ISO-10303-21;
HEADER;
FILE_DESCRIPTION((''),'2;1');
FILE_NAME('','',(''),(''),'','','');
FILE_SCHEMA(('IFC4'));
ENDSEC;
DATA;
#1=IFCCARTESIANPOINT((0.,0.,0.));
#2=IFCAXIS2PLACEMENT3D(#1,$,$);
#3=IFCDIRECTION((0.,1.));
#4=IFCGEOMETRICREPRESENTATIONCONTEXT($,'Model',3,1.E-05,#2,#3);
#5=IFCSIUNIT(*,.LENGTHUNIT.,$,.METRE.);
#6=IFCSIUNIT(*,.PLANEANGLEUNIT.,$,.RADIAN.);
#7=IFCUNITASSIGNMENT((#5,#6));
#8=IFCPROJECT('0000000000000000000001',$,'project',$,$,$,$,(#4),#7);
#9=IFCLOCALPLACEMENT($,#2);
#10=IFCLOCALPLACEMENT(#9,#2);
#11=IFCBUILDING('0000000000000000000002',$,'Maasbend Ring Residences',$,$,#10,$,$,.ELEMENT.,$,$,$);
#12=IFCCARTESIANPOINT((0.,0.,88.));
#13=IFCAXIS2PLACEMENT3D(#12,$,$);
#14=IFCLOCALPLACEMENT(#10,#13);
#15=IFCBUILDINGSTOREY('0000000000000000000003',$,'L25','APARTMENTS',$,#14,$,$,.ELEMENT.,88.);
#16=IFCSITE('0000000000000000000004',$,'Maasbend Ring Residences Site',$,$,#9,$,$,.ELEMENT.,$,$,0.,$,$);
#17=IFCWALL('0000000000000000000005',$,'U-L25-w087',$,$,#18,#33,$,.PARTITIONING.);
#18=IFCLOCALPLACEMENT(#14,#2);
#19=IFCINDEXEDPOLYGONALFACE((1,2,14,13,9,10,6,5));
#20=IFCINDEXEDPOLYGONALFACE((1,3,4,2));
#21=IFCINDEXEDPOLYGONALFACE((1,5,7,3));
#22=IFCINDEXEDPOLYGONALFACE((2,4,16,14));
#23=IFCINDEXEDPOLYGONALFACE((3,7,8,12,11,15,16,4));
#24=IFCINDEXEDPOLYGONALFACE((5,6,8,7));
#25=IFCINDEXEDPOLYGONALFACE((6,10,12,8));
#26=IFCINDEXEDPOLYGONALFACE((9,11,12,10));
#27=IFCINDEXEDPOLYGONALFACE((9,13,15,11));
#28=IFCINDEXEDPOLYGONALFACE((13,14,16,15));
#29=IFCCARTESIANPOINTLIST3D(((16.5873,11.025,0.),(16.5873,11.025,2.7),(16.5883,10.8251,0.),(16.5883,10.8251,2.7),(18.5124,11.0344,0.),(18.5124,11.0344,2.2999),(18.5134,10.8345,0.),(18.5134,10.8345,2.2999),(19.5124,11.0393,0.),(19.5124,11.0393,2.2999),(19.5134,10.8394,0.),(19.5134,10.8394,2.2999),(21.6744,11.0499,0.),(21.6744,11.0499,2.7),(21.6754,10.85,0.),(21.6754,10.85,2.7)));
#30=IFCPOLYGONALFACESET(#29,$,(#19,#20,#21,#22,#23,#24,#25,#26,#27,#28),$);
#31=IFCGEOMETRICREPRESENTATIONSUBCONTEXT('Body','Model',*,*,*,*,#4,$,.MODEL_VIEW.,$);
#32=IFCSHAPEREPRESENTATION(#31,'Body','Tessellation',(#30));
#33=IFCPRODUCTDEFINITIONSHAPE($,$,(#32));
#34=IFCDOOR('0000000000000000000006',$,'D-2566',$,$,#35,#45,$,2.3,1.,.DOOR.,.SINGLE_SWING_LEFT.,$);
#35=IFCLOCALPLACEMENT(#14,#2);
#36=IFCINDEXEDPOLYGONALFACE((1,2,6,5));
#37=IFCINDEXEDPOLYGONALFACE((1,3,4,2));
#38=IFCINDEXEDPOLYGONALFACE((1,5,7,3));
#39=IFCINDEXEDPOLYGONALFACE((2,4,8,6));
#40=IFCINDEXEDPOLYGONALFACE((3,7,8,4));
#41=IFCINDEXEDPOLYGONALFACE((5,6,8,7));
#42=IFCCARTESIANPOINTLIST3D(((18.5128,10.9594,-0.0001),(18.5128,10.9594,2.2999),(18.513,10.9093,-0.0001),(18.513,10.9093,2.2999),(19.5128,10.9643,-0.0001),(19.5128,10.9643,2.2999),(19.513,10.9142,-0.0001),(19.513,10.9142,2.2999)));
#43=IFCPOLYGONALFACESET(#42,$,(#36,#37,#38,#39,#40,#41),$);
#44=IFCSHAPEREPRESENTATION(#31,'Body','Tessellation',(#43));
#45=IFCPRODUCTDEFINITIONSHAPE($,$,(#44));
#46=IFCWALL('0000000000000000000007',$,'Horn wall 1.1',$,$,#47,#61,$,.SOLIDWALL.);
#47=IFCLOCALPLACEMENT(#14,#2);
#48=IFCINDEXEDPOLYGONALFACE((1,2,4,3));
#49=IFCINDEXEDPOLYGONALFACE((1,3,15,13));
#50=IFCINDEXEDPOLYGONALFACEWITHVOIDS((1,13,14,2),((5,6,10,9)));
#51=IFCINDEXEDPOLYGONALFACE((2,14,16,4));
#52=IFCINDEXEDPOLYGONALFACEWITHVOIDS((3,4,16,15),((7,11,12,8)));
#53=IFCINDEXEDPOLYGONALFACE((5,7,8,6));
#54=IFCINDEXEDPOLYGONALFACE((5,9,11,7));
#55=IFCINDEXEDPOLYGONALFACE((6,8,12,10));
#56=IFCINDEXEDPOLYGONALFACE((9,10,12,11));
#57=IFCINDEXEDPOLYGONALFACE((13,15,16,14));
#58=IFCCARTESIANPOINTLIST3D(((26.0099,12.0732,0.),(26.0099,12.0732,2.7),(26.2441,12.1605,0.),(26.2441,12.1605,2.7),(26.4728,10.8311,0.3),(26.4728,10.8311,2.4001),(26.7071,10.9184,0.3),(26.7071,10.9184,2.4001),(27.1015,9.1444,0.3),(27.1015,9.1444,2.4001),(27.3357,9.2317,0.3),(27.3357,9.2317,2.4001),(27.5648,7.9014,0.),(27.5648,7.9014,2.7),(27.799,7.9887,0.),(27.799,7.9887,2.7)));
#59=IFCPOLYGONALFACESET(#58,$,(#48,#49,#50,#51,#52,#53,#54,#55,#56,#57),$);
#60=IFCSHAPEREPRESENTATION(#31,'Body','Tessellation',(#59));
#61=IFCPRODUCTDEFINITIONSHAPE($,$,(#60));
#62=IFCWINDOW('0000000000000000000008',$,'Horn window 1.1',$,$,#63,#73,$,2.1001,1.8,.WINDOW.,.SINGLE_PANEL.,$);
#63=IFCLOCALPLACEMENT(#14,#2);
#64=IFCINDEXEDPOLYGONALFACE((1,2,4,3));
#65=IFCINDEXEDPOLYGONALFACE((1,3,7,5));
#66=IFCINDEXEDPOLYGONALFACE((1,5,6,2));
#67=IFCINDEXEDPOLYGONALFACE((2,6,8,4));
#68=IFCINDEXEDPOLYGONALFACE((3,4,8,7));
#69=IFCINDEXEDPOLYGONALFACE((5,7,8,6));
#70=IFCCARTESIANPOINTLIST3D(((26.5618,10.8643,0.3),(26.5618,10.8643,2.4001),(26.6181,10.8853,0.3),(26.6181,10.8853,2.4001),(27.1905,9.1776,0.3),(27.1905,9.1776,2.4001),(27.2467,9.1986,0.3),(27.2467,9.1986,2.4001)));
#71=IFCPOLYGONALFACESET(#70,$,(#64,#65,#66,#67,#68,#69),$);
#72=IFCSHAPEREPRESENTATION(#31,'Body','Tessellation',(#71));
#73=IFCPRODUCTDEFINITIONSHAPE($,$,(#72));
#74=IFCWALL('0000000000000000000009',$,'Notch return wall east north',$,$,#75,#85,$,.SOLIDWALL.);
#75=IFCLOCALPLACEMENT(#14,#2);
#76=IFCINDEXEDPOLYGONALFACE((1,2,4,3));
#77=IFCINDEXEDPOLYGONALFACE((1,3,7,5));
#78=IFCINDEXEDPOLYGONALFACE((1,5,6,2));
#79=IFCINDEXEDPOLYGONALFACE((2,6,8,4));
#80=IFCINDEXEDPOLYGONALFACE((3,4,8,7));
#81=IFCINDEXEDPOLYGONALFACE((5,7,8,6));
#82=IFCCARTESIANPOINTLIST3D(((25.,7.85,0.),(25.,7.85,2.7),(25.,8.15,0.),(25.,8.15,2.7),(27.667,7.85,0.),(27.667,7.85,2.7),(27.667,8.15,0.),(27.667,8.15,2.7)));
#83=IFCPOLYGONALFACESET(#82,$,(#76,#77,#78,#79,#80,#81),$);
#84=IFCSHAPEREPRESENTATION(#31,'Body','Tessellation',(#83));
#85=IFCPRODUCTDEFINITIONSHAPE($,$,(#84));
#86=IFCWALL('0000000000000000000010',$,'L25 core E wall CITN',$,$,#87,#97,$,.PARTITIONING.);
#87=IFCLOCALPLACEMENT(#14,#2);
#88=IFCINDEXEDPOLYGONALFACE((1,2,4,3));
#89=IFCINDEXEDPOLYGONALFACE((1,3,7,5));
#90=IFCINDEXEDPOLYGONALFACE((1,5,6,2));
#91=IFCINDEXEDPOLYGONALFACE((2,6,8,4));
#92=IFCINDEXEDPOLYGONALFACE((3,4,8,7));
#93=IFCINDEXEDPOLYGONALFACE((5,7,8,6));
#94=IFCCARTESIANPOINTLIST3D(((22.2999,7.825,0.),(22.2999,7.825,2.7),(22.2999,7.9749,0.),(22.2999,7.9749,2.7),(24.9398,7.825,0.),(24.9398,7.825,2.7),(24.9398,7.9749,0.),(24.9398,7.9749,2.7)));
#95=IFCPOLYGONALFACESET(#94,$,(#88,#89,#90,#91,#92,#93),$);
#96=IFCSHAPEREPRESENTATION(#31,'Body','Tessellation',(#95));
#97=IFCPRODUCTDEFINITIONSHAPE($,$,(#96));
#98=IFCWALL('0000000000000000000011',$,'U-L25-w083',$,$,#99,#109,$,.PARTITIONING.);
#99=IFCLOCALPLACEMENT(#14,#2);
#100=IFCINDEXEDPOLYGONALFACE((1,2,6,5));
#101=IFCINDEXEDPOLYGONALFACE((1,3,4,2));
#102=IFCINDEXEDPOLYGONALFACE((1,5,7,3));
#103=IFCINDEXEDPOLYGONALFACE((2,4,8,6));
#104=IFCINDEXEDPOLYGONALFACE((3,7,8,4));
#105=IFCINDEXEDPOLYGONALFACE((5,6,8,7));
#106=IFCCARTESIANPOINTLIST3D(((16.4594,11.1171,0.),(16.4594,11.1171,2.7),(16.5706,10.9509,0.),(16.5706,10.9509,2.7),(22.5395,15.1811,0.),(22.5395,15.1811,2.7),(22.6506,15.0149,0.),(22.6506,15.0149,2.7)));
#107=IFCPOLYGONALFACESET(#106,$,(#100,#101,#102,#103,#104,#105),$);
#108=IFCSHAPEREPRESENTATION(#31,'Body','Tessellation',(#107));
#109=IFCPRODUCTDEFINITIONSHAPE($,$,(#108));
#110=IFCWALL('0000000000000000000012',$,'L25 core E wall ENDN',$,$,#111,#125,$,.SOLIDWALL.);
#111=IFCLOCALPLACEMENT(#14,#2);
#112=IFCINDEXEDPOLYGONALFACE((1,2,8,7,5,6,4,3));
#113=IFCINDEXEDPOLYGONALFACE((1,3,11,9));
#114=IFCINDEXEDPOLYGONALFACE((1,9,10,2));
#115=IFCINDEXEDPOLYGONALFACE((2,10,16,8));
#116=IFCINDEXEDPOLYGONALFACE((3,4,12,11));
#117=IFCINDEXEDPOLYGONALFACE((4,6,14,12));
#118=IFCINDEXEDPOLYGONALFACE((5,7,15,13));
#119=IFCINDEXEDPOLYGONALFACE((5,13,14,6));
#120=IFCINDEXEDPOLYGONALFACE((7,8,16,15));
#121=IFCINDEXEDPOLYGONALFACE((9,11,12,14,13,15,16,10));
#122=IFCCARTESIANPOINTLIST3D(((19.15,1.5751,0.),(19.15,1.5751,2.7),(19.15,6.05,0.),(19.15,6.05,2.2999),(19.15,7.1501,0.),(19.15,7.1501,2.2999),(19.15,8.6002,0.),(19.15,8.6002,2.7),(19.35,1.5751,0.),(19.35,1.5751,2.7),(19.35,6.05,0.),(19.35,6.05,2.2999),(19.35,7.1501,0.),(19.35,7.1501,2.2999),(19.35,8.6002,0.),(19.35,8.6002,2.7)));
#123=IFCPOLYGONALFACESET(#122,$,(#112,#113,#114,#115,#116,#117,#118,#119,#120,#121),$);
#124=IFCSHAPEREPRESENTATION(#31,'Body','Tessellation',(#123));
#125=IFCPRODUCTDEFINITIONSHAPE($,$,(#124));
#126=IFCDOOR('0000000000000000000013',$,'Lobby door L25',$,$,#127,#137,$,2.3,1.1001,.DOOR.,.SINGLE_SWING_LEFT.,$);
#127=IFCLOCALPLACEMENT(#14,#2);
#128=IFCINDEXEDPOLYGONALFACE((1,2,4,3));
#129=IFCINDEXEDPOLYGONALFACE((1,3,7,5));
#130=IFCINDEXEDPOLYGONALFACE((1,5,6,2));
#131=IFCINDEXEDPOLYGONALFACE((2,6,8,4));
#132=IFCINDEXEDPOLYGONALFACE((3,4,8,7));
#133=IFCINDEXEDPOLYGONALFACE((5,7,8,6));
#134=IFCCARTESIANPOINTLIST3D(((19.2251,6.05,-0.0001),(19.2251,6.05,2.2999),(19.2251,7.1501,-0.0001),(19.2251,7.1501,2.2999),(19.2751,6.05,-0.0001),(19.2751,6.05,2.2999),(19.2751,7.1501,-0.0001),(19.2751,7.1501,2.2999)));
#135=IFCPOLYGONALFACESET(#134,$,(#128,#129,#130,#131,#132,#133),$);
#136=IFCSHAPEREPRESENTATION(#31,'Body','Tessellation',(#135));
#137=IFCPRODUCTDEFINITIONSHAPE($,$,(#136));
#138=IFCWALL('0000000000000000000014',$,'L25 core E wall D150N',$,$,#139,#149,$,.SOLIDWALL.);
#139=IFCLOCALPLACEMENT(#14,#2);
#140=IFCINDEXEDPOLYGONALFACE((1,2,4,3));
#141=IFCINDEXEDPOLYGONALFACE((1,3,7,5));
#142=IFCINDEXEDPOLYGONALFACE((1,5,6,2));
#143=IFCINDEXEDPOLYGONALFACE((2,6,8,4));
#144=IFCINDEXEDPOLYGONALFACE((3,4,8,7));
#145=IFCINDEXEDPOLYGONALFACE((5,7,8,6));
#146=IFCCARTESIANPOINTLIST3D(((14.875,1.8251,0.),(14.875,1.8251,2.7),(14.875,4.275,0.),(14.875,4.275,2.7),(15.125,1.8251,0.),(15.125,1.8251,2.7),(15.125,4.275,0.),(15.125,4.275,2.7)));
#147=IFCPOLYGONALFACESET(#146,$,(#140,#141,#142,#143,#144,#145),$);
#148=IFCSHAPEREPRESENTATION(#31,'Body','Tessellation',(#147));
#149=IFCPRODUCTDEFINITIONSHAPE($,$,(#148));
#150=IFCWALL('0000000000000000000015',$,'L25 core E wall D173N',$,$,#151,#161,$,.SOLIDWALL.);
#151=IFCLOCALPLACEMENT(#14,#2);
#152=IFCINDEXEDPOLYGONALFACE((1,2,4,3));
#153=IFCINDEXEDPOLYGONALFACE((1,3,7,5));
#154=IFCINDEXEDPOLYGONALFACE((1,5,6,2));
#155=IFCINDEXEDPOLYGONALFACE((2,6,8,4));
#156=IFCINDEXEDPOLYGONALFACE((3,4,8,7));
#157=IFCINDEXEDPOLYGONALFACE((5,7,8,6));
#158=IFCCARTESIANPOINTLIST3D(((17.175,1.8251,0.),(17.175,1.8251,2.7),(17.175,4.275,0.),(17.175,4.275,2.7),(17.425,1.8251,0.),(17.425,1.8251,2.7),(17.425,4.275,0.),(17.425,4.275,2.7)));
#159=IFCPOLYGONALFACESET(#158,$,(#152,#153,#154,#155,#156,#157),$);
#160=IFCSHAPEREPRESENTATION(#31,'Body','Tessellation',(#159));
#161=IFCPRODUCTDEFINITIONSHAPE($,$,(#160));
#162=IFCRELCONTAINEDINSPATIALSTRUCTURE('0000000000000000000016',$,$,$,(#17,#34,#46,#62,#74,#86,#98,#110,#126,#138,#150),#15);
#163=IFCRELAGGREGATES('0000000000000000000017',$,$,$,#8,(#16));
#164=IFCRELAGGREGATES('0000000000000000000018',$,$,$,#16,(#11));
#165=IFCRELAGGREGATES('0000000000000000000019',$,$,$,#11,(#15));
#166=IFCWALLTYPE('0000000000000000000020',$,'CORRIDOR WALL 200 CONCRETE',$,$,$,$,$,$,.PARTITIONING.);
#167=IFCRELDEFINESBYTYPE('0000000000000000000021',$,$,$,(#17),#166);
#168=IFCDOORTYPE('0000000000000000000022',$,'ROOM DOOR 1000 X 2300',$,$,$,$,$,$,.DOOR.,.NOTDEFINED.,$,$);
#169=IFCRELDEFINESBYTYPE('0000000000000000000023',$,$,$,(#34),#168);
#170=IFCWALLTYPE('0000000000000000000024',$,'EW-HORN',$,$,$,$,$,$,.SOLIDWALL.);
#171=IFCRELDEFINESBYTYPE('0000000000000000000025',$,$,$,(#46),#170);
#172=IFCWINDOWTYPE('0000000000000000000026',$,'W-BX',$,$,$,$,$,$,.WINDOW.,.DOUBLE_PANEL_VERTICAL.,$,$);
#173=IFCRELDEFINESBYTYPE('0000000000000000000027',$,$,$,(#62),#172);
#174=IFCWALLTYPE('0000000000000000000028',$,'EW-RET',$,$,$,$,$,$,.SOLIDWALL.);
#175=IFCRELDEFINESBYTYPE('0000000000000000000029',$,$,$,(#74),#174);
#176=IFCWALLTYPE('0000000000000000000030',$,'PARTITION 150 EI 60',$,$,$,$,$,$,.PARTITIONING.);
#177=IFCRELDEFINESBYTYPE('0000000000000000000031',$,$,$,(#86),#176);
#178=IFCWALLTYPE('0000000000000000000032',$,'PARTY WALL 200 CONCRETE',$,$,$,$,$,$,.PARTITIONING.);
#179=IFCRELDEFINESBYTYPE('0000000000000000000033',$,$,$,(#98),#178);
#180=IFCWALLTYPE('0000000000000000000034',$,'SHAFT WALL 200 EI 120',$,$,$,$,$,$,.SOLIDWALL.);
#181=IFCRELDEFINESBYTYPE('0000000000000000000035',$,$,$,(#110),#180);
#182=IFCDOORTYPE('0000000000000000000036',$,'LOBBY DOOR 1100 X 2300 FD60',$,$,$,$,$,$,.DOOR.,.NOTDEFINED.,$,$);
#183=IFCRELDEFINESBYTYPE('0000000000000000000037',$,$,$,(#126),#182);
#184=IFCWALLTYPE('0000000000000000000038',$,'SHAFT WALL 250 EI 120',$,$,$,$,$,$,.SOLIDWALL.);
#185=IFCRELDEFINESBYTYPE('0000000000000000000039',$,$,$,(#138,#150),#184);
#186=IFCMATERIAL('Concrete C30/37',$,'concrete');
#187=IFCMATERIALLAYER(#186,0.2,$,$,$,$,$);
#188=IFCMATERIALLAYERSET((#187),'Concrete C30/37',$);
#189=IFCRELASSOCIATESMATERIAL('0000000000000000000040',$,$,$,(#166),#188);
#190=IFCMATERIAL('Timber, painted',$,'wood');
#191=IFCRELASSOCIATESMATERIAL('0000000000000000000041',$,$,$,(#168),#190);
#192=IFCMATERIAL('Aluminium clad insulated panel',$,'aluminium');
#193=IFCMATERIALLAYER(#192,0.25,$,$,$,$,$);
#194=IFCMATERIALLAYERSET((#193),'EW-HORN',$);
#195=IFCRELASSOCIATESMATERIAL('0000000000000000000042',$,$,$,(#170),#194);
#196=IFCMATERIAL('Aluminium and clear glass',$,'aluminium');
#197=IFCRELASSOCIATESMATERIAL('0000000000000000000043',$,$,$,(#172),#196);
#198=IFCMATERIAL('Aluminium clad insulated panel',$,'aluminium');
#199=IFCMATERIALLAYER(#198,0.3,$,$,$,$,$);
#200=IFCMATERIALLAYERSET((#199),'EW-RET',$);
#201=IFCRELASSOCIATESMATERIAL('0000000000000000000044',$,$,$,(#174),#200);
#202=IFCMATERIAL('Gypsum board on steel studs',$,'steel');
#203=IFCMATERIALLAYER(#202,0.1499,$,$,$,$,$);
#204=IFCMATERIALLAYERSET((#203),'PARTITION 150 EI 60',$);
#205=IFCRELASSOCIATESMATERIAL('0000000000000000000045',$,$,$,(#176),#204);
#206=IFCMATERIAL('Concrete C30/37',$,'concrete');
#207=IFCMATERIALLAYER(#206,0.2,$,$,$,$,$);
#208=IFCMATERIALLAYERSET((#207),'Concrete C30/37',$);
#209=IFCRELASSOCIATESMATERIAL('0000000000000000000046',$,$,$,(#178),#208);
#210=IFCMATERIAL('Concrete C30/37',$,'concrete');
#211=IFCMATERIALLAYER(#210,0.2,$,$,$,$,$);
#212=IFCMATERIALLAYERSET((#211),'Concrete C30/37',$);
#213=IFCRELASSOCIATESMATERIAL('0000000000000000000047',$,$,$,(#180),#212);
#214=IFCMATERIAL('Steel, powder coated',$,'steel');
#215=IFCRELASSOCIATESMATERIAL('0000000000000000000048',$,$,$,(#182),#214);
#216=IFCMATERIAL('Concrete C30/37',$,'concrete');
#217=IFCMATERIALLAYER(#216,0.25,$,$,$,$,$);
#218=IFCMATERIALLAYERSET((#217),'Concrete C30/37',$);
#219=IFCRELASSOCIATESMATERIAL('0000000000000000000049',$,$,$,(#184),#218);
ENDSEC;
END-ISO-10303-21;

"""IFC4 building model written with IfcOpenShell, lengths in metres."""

from ifc_helpers import new_model, si_unit, direction, frame, frame_2d, origin, place, context, subcontext, project, spatial, rectangle, extrude, material, layer, layer_set, type_object, element, fill, save


model = new_model("IFC4")

# Units and contexts
model_context = context("Model", 3, precision=1e-05, world=origin(), true_north=direction((0.0, 1.0)))
body_context = subcontext(model_context, "Body", "Model", "MODEL_VIEW")
ifc_project = project(units=[si_unit("LENGTHUNIT", "METRE"), si_unit("PLANEANGLEUNIT", "RADIAN")], contexts=[model_context])

# Site, building, storey
site_placement = place(None, origin())
site = spatial("IfcSite", under=ifc_project, at=site_placement, Name="Maasbend Ring Residences Site", CompositionType="ELEMENT", RefElevation=0.0)
building_placement = place(site_placement, origin())
building = spatial("IfcBuilding", under=site, at=building_placement, Name="Maasbend Ring Residences", CompositionType="ELEMENT")
storey_placement = place(building_placement, frame((0.0, 0.0, 88.0)))
storey = spatial("IfcBuildingStorey", under=building, at=storey_placement, Name="L25", Description="APARTMENTS", CompositionType="ELEMENT", Elevation=88.0)

# Shared definitions
ifc_material_1 = material(Name="Concrete C30/37", Category="concrete")
ifc_layer_1 = layer(ifc_material_1, 0.2)
ifc_layer_set_1 = layer_set([ifc_layer_1], Name="Concrete C30/37")
wall_type_1 = type_object("IfcWallType", Name="CORRIDOR WALL 200 CONCRETE", PredefinedType="PARTITIONING", material=ifc_layer_set_1)

# Wall, opening, door
wall_1_placement = place(storey_placement, frame((16.5879, 10.925, 0.0), z_axis=(0.0, 0.0, 1.0), x_axis=(0.999988, 0.004895, 0.0)))
wall_1 = element("IfcWall", 1, at=wall_1_placement, inside=storey, type_object=wall_type_1, Name="U-L25-w087", PredefinedType="PARTITIONING", context=body_context, shape_type="SweptSolid", body=[
    extrude(rectangle(XDim=5.0872, YDim=0.2, at=frame_2d((2.5435, 0.0))), origin(), (0.0, 0.0, 1.0), 2.7),
])
opening_1_placement = place(wall_1_placement, frame((1.925, 0.0, 0.0)))
opening_1 = element("IfcOpeningElement", 2, at=opening_1_placement, cuts=wall_1, PredefinedType="OPENING", context=body_context, shape_type="SweptSolid", body=[
    extrude(rectangle(XDim=1.0, YDim=2.3, at=frame_2d((0.5, 1.1499))), frame((0.0, 0.1099, 0.0), z_axis=(0.0, -1.0, 0.0), x_axis=(1.0, 0.0, 0.0)), (0.0, 0.0, 1.0), 0.22),
])
ifc_material_2 = material(Name="Timber, painted", Category="wood")
door_type_1 = type_object("IfcDoorType", Name="ROOM DOOR 1000 X 2300", OperationType="NOTDEFINED", PredefinedType="DOOR", material=ifc_material_2)
door_1_placement = place(opening_1_placement, origin())
door_1 = element("IfcDoor", 3, at=door_1_placement, inside=storey, type_object=door_type_1, Name="D-2566", OperationType="SINGLE_SWING_LEFT", OverallHeight=2.3, OverallWidth=1.0, PredefinedType="DOOR", context=body_context, shape_type="SweptSolid", body=[
    extrude(rectangle(XDim=1.0, YDim=2.3, at=frame_2d((0.5, 1.1499))), frame((0.0, 0.0249, 0.0), z_axis=(0.0, -1.0, 0.0), x_axis=(1.0, 0.0, 0.0)), (0.0, 0.0, 1.0), 0.05),
])
fill(opening_1, door_1)

# Wall, opening, window
ifc_material_3 = material(Name="Aluminium clad insulated panel", Category="aluminium")
ifc_layer_2 = layer(ifc_material_3, 0.25)
ifc_layer_set_2 = layer_set([ifc_layer_2], Name="EW-HORN")
wall_type_2 = type_object("IfcWallType", Name="EW-HORN", PredefinedType="SOLIDWALL", material=ifc_layer_set_2)
wall_2_placement = place(storey_placement, frame((27.6819, 7.9451, 0.0), z_axis=(0.0, 0.0, 1.0), x_axis=(-0.349248, 0.93703, 0.0)))
wall_2 = element("IfcWall", 4, at=wall_2_placement, inside=storey, type_object=wall_type_2, Name="Horn wall 1.1", PredefinedType="SOLIDWALL", context=body_context, shape_type="SweptSolid", body=[
    extrude(rectangle(XDim=4.4521, YDim=0.25, at=frame_2d((2.2261, 0.0))), origin(), (0.0, 0.0, 1.0), 2.7),
])
opening_2_placement = place(wall_2_placement, frame((1.3267, 0.0, 0.3)))
opening_2 = element("IfcOpeningElement", 5, at=opening_2_placement, cuts=wall_2, PredefinedType="OPENING", context=body_context, shape_type="SweptSolid", body=[
    extrude(rectangle(XDim=1.8, YDim=2.1001, at=frame_2d((0.8999, 1.05))), frame((0.0, 0.135, 0.0), z_axis=(0.0, -1.0, 0.0), x_axis=(1.0, 0.0, 0.0)), (0.0, 0.0, 1.0), 0.27),
])
ifc_material_4 = material(Name="Aluminium and clear glass", Category="aluminium")
window_type = type_object("IfcWindowType", Name="W-BX", PartitioningType="DOUBLE_PANEL_VERTICAL", PredefinedType="WINDOW", material=ifc_material_4)
window_placement = place(opening_2_placement, origin())
window = element("IfcWindow", 6, at=window_placement, inside=storey, type_object=window_type, Name="Horn window 1.1", OverallHeight=2.1001, OverallWidth=1.8, PartitioningType="SINGLE_PANEL", PredefinedType="WINDOW", context=body_context, shape_type="SweptSolid", body=[
    extrude(rectangle(XDim=1.8, YDim=2.1001, at=frame_2d((0.8999, 1.05))), frame((0.0, 0.03, 0.0), z_axis=(0.0, -1.0, 0.0), x_axis=(1.0, 0.0, 0.0)), (0.0, 0.0, 1.0), 0.0601),
])
fill(opening_2, window)

# Walls
ifc_material_5 = material(Name="Aluminium clad insulated panel", Category="aluminium")
ifc_layer_3 = layer(ifc_material_5, 0.3)
ifc_layer_set_3 = layer_set([ifc_layer_3], Name="EW-RET")
wall_type_3 = type_object("IfcWallType", Name="EW-RET", PredefinedType="SOLIDWALL", material=ifc_layer_set_3)
wall_3_placement = place(storey_placement, frame((25.0, 8.0, 0.0), z_axis=(0.0, 0.0, 1.0), x_axis=(1.0, 0.0, 0.0)))
element("IfcWall", 7, at=wall_3_placement, inside=storey, type_object=wall_type_3, Name="Notch return wall east north", PredefinedType="SOLIDWALL", context=body_context, shape_type="SweptSolid", body=[
    extrude(rectangle(XDim=2.667, YDim=0.3, at=frame_2d((1.3335, 0.0))), origin(), (0.0, 0.0, 1.0), 2.7),
])
ifc_material_6 = material(Name="Gypsum board on steel studs", Category="steel")
ifc_layer_4 = layer(ifc_material_6, 0.1499)
ifc_layer_set_4 = layer_set([ifc_layer_4], Name="PARTITION 150 EI 60")
wall_type_4 = type_object("IfcWallType", Name="PARTITION 150 EI 60", PredefinedType="PARTITIONING", material=ifc_layer_set_4)
wall_4_placement = place(storey_placement, frame((22.3, 7.8999, 0.0), z_axis=(0.0, 0.0, 1.0), x_axis=(1.0, 0.0, 0.0)))
element("IfcWall", 8, at=wall_4_placement, inside=storey, type_object=wall_type_4, Name="L25 core E wall CITN", PredefinedType="PARTITIONING", context=body_context, shape_type="SweptSolid", body=[
    extrude(rectangle(XDim=2.6399, YDim=0.1499, at=frame_2d((1.3198, 0.0))), origin(), (0.0, 0.0, 1.0), 2.7),
])
ifc_material_7 = material(Name="Concrete C30/37", Category="concrete")
ifc_layer_5 = layer(ifc_material_7, 0.2)
ifc_layer_set_5 = layer_set([ifc_layer_5], Name="Concrete C30/37")
wall_type_5 = type_object("IfcWallType", Name="PARTY WALL 200 CONCRETE", PredefinedType="PARTITIONING", material=ifc_layer_set_5)
wall_5_placement = place(storey_placement, frame((16.5149, 11.0339, 0.0), z_axis=(0.0, 0.0, 1.0), x_axis=(0.831382, 0.555701, 0.0)))
element("IfcWall", 9, at=wall_5_placement, inside=storey, type_object=wall_type_5, Name="U-L25-w083", PredefinedType="PARTITIONING", context=body_context, shape_type="SweptSolid", body=[
    extrude(rectangle(XDim=7.3132, YDim=0.2, at=frame_2d((3.6567, 0.0))), origin(), (0.0, 0.0, 1.0), 2.7),
])

# Wall, opening, door
ifc_material_8 = material(Name="Concrete C30/37", Category="concrete")
ifc_layer_6 = layer(ifc_material_8, 0.2)
ifc_layer_set_6 = layer_set([ifc_layer_6], Name="Concrete C30/37")
wall_type_6 = type_object("IfcWallType", Name="SHAFT WALL 200 EI 120", PredefinedType="SOLIDWALL", material=ifc_layer_set_6)
wall_6_placement = place(storey_placement, frame((19.25, 1.575, 0.0), z_axis=(0.0, 0.0, 1.0), x_axis=(0.0, 1.0, 0.0)))
wall_6 = element("IfcWall", 10, at=wall_6_placement, inside=storey, type_object=wall_type_6, Name="L25 core E wall ENDN", PredefinedType="SOLIDWALL", context=body_context, shape_type="SweptSolid", body=[
    extrude(rectangle(XDim=7.0251, YDim=0.2, at=frame_2d((3.5127, 0.0))), origin(), (0.0, 0.0, 1.0), 2.7),
])
opening_3_placement = place(wall_6_placement, frame((4.4751, 0.0, 0.0)))
opening_3 = element("IfcOpeningElement", 11, at=opening_3_placement, cuts=wall_6, PredefinedType="OPENING", context=body_context, shape_type="SweptSolid", body=[
    extrude(rectangle(XDim=1.1001, YDim=2.3, at=frame_2d((0.55, 1.1499))), frame((0.0, 0.1099, 0.0), z_axis=(0.0, -1.0, 0.0), x_axis=(1.0, 0.0, 0.0)), (0.0, 0.0, 1.0), 0.22),
])
ifc_material_9 = material(Name="Steel, powder coated", Category="steel")
door_type_2 = type_object("IfcDoorType", Name="LOBBY DOOR 1100 X 2300 FD60", OperationType="NOTDEFINED", PredefinedType="DOOR", material=ifc_material_9)
door_2_placement = place(opening_3_placement, origin())
door_2 = element("IfcDoor", 12, at=door_2_placement, inside=storey, type_object=door_type_2, Name="Lobby door L25", OperationType="SINGLE_SWING_LEFT", OverallHeight=2.3, OverallWidth=1.1001, PredefinedType="DOOR", context=body_context, shape_type="SweptSolid", body=[
    extrude(rectangle(XDim=1.1001, YDim=2.3, at=frame_2d((0.55, 1.1499))), frame((0.0, 0.0249, 0.0), z_axis=(0.0, -1.0, 0.0), x_axis=(1.0, 0.0, 0.0)), (0.0, 0.0, 1.0), 0.05),
])
fill(opening_3, door_2)

# Walls
ifc_material_10 = material(Name="Concrete C30/37", Category="concrete")
ifc_layer_7 = layer(ifc_material_10, 0.25)
ifc_layer_set_7 = layer_set([ifc_layer_7], Name="Concrete C30/37")
wall_type_7 = type_object("IfcWallType", Name="SHAFT WALL 250 EI 120", PredefinedType="SOLIDWALL", material=ifc_layer_set_7)
for number, where, z_axis, x_axis, name in (
    (13, (15.0, 1.825, 0.0), (0.0, 0.0, 1.0), (0.0, 1.0, 0.0), "L25 core E wall D150N"),
    (14, (17.3, 1.825, 0.0), (0.0, 0.0, 1.0), (0.0, 1.0, 0.0), "L25 core E wall D173N"),
):
    element("IfcWall", number, at=place(storey_placement, frame(where, z_axis=z_axis, x_axis=x_axis)), inside=storey, type_object=wall_type_7, Name=name, PredefinedType="SOLIDWALL", context=body_context, shape_type="SweptSolid", body=[
        extrude(rectangle(XDim=2.45, YDim=0.25, at=frame_2d((1.2251, 0.0))), origin(), (0.0, 0.0, 1.0), 2.7),
    ])

save(model, "model.ifc")
